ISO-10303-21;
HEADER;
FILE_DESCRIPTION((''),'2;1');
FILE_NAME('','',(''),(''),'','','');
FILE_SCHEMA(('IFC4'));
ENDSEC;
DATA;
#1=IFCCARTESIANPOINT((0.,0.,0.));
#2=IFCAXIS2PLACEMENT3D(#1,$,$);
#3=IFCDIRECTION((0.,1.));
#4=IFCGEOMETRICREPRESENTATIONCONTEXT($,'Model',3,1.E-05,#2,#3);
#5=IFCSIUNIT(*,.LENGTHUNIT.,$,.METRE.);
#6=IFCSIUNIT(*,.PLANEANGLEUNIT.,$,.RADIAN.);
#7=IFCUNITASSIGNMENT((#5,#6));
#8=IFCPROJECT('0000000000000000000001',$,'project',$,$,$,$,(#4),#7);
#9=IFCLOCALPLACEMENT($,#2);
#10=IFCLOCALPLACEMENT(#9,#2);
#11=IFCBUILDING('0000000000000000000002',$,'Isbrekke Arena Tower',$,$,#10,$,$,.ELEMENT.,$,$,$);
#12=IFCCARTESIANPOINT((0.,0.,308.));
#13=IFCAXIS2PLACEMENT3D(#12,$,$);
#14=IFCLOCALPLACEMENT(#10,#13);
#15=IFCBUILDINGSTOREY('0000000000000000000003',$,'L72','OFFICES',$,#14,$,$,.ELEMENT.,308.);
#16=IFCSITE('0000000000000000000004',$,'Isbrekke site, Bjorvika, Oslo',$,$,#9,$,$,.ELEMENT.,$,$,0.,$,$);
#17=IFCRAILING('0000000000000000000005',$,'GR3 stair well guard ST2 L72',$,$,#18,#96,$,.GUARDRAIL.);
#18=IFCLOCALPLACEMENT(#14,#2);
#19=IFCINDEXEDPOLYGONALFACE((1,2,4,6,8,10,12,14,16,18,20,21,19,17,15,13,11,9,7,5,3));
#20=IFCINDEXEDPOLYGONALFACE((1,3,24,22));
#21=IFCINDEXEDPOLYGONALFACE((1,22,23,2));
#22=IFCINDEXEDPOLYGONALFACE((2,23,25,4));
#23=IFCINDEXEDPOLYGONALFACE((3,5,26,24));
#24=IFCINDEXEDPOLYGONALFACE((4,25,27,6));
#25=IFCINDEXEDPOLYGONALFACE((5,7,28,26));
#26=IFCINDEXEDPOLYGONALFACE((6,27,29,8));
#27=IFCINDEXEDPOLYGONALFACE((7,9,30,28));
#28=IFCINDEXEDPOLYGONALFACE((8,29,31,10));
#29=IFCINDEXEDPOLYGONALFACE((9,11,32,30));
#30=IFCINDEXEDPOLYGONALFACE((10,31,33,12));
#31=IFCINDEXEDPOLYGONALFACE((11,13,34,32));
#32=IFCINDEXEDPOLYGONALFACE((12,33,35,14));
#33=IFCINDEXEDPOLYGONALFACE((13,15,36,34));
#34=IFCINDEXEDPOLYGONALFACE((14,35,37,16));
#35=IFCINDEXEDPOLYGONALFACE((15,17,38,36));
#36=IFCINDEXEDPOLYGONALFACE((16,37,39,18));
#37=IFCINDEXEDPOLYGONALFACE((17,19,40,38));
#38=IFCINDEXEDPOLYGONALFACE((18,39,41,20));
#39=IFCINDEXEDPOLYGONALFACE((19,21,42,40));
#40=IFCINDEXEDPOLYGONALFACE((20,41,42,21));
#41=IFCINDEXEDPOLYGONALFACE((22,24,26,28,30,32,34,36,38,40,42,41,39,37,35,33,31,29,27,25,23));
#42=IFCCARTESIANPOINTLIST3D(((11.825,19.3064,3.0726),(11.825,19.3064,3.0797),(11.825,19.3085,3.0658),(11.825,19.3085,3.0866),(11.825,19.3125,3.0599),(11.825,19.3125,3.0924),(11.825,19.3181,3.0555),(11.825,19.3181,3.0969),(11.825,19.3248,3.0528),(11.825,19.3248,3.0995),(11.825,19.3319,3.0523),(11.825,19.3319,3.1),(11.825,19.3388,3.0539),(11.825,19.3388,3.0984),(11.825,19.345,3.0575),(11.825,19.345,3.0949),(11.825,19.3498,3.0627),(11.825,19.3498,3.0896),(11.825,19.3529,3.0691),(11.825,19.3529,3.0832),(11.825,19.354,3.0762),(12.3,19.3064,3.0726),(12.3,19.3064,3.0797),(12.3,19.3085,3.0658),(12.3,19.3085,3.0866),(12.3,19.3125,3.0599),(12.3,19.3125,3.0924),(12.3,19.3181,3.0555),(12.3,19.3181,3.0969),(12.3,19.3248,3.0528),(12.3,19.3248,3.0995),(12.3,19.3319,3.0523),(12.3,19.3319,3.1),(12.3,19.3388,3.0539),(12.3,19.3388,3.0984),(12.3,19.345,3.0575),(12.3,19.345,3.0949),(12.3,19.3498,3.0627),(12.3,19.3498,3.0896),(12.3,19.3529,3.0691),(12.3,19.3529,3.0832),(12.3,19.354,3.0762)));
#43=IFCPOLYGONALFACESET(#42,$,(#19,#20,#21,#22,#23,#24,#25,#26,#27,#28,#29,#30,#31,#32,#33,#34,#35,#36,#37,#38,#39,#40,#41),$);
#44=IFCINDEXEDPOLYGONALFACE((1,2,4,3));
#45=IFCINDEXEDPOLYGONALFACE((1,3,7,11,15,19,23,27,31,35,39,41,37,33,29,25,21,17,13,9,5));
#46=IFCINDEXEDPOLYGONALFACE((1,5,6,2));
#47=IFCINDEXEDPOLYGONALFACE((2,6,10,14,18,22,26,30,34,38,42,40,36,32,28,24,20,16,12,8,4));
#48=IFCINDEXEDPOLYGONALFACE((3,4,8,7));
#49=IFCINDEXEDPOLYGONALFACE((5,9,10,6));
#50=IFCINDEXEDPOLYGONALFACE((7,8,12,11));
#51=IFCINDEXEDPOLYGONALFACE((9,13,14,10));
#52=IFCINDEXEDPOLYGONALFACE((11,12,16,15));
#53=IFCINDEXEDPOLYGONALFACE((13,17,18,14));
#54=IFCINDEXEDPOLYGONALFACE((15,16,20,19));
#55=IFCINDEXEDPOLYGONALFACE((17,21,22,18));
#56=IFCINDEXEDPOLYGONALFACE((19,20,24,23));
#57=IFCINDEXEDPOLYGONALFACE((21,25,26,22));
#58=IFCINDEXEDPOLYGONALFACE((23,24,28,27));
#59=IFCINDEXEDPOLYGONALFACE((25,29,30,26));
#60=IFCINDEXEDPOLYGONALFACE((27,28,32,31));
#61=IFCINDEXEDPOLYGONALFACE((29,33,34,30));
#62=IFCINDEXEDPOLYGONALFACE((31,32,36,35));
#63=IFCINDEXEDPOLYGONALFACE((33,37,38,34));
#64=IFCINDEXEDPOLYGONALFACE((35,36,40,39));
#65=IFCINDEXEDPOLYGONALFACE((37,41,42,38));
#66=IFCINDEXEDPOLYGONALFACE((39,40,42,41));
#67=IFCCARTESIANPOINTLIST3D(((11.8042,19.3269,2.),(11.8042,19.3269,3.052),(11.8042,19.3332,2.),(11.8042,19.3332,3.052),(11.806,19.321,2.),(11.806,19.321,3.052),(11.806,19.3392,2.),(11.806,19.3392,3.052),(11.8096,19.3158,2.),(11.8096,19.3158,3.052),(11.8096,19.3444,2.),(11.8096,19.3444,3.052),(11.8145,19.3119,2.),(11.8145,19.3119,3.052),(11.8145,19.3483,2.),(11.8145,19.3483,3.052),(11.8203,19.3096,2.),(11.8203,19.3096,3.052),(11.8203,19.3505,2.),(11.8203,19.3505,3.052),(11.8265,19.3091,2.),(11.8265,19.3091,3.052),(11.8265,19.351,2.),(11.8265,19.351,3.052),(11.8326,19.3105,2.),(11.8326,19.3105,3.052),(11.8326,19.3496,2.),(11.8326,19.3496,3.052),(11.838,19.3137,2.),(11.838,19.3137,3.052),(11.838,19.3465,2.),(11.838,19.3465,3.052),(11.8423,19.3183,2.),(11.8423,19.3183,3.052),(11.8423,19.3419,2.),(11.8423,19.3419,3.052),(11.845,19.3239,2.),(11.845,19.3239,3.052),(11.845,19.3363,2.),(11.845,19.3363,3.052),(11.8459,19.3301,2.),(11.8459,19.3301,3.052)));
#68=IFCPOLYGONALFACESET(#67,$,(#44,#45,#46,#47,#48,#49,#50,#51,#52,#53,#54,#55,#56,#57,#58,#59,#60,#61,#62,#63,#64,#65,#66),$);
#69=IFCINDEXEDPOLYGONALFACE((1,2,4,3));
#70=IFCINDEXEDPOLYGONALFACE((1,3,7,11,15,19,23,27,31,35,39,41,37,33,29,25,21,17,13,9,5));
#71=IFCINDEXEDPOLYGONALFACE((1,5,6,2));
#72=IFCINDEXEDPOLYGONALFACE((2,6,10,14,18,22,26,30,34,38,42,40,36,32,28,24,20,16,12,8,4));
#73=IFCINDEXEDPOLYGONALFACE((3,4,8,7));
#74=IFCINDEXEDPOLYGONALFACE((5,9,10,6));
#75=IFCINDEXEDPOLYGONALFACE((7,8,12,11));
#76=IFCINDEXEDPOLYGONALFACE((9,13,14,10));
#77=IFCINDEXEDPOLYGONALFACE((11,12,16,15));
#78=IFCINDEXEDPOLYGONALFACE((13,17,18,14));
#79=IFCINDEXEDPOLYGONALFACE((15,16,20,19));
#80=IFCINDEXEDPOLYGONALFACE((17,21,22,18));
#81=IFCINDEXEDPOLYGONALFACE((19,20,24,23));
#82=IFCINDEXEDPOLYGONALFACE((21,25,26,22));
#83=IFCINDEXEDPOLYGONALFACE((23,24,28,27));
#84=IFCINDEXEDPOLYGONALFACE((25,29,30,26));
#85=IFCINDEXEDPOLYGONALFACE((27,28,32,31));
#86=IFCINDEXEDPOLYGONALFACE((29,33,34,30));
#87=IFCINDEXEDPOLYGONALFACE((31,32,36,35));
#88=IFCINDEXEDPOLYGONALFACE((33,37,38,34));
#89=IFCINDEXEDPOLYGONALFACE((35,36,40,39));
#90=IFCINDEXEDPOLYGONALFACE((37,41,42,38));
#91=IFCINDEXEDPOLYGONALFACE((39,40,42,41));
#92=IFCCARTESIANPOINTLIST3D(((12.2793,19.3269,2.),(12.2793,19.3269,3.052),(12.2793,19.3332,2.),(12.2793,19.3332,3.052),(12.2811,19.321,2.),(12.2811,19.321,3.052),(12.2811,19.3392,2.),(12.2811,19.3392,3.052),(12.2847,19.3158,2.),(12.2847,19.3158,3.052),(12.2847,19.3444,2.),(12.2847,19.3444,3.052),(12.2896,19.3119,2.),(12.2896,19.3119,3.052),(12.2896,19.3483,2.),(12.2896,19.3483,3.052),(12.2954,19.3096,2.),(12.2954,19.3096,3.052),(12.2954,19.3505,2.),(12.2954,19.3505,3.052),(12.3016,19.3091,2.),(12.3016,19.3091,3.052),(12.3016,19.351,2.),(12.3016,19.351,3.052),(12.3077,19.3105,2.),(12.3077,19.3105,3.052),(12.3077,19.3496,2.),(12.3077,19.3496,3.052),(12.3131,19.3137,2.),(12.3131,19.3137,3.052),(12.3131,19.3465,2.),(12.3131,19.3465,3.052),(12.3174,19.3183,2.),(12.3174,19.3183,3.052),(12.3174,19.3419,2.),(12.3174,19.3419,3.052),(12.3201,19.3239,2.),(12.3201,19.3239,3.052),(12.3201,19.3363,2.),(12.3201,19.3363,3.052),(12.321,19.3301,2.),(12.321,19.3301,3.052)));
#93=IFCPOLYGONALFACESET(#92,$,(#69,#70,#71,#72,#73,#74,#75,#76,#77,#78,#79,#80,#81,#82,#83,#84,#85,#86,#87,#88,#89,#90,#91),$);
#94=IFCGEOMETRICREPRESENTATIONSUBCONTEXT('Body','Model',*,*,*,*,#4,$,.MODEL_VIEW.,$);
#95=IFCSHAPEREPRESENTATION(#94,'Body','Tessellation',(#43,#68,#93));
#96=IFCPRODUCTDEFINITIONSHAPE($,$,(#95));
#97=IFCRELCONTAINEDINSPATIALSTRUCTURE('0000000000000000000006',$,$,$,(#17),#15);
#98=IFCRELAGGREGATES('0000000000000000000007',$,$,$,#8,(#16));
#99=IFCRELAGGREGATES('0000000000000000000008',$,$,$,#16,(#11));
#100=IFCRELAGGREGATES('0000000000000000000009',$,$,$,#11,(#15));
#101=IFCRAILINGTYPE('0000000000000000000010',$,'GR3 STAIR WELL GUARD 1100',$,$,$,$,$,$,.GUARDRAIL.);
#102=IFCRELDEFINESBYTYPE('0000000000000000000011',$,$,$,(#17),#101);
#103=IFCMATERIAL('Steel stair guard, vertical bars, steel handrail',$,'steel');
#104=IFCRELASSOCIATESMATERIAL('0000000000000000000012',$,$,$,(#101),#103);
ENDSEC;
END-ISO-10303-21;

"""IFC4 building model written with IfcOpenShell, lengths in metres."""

from ifc_helpers import new_model, si_unit, direction, frame, origin, origin_2d, place, context, subcontext, project, spatial, circle, extrude, material, type_object, element, save


model = new_model("IFC4")

# Units and contexts
model_context = context("Model", 3, precision=1e-05, world=origin(), true_north=direction((0.0, 1.0)))
body_context = subcontext(model_context, "Body", "Model", "MODEL_VIEW")
ifc_project = project(units=[si_unit("LENGTHUNIT", "METRE"), si_unit("PLANEANGLEUNIT", "RADIAN")], contexts=[model_context])

# Site, building, storey
site_placement = place(None, origin())
site = spatial("IfcSite", under=ifc_project, at=site_placement, Name="Isbrekke site, Bjorvika, Oslo", CompositionType="ELEMENT", RefElevation=0.0)
building_placement = place(site_placement, origin())
building = spatial("IfcBuilding", under=site, at=building_placement, Name="Isbrekke Arena Tower", CompositionType="ELEMENT")
storey_placement = place(building_placement, frame((0.0, 0.0, 308.0)))
storey = spatial("IfcBuildingStorey", under=building, at=storey_placement, Name="L72", Description="OFFICES", CompositionType="ELEMENT", Elevation=308.0)

# Railing
ifc_material_1 = material(Name="Steel stair guard, vertical bars, steel handrail", Category="steel")
railing_type = type_object("IfcRailingType", Name="GR3 STAIR WELL GUARD 1100", PredefinedType="GUARDRAIL", material=ifc_material_1)
for number, where, name in (
    (1, (11.825, 19.3301, 2.0), "GR3 stair well guard ST2 L72"),
):
    element("IfcRailing", number, at=place(storey_placement, frame(where)), inside=storey, type_object=railing_type, Name=name, PredefinedType="GUARDRAIL", context=body_context, shape_type="SweptSolid", body=[
        extrude(circle(Radius=0.0239, at=origin_2d()), frame((0.0, 0.0, 1.0762), z_axis=(1.0, 0.0, 0.0), x_axis=(0.0, 1.0, 0.0)), (0.0, 0.0, 1.0), 0.4751),
        extrude(circle(Radius=0.021, at=origin_2d()), origin(), (0.0, 0.0, 1.0), 1.052),
        extrude(circle(Radius=0.021, at=origin_2d()), frame((0.4751, 0.0, 0.0)), (0.0, 0.0, 1.0), 1.052),
    ])

save(model, "model.ifc")
